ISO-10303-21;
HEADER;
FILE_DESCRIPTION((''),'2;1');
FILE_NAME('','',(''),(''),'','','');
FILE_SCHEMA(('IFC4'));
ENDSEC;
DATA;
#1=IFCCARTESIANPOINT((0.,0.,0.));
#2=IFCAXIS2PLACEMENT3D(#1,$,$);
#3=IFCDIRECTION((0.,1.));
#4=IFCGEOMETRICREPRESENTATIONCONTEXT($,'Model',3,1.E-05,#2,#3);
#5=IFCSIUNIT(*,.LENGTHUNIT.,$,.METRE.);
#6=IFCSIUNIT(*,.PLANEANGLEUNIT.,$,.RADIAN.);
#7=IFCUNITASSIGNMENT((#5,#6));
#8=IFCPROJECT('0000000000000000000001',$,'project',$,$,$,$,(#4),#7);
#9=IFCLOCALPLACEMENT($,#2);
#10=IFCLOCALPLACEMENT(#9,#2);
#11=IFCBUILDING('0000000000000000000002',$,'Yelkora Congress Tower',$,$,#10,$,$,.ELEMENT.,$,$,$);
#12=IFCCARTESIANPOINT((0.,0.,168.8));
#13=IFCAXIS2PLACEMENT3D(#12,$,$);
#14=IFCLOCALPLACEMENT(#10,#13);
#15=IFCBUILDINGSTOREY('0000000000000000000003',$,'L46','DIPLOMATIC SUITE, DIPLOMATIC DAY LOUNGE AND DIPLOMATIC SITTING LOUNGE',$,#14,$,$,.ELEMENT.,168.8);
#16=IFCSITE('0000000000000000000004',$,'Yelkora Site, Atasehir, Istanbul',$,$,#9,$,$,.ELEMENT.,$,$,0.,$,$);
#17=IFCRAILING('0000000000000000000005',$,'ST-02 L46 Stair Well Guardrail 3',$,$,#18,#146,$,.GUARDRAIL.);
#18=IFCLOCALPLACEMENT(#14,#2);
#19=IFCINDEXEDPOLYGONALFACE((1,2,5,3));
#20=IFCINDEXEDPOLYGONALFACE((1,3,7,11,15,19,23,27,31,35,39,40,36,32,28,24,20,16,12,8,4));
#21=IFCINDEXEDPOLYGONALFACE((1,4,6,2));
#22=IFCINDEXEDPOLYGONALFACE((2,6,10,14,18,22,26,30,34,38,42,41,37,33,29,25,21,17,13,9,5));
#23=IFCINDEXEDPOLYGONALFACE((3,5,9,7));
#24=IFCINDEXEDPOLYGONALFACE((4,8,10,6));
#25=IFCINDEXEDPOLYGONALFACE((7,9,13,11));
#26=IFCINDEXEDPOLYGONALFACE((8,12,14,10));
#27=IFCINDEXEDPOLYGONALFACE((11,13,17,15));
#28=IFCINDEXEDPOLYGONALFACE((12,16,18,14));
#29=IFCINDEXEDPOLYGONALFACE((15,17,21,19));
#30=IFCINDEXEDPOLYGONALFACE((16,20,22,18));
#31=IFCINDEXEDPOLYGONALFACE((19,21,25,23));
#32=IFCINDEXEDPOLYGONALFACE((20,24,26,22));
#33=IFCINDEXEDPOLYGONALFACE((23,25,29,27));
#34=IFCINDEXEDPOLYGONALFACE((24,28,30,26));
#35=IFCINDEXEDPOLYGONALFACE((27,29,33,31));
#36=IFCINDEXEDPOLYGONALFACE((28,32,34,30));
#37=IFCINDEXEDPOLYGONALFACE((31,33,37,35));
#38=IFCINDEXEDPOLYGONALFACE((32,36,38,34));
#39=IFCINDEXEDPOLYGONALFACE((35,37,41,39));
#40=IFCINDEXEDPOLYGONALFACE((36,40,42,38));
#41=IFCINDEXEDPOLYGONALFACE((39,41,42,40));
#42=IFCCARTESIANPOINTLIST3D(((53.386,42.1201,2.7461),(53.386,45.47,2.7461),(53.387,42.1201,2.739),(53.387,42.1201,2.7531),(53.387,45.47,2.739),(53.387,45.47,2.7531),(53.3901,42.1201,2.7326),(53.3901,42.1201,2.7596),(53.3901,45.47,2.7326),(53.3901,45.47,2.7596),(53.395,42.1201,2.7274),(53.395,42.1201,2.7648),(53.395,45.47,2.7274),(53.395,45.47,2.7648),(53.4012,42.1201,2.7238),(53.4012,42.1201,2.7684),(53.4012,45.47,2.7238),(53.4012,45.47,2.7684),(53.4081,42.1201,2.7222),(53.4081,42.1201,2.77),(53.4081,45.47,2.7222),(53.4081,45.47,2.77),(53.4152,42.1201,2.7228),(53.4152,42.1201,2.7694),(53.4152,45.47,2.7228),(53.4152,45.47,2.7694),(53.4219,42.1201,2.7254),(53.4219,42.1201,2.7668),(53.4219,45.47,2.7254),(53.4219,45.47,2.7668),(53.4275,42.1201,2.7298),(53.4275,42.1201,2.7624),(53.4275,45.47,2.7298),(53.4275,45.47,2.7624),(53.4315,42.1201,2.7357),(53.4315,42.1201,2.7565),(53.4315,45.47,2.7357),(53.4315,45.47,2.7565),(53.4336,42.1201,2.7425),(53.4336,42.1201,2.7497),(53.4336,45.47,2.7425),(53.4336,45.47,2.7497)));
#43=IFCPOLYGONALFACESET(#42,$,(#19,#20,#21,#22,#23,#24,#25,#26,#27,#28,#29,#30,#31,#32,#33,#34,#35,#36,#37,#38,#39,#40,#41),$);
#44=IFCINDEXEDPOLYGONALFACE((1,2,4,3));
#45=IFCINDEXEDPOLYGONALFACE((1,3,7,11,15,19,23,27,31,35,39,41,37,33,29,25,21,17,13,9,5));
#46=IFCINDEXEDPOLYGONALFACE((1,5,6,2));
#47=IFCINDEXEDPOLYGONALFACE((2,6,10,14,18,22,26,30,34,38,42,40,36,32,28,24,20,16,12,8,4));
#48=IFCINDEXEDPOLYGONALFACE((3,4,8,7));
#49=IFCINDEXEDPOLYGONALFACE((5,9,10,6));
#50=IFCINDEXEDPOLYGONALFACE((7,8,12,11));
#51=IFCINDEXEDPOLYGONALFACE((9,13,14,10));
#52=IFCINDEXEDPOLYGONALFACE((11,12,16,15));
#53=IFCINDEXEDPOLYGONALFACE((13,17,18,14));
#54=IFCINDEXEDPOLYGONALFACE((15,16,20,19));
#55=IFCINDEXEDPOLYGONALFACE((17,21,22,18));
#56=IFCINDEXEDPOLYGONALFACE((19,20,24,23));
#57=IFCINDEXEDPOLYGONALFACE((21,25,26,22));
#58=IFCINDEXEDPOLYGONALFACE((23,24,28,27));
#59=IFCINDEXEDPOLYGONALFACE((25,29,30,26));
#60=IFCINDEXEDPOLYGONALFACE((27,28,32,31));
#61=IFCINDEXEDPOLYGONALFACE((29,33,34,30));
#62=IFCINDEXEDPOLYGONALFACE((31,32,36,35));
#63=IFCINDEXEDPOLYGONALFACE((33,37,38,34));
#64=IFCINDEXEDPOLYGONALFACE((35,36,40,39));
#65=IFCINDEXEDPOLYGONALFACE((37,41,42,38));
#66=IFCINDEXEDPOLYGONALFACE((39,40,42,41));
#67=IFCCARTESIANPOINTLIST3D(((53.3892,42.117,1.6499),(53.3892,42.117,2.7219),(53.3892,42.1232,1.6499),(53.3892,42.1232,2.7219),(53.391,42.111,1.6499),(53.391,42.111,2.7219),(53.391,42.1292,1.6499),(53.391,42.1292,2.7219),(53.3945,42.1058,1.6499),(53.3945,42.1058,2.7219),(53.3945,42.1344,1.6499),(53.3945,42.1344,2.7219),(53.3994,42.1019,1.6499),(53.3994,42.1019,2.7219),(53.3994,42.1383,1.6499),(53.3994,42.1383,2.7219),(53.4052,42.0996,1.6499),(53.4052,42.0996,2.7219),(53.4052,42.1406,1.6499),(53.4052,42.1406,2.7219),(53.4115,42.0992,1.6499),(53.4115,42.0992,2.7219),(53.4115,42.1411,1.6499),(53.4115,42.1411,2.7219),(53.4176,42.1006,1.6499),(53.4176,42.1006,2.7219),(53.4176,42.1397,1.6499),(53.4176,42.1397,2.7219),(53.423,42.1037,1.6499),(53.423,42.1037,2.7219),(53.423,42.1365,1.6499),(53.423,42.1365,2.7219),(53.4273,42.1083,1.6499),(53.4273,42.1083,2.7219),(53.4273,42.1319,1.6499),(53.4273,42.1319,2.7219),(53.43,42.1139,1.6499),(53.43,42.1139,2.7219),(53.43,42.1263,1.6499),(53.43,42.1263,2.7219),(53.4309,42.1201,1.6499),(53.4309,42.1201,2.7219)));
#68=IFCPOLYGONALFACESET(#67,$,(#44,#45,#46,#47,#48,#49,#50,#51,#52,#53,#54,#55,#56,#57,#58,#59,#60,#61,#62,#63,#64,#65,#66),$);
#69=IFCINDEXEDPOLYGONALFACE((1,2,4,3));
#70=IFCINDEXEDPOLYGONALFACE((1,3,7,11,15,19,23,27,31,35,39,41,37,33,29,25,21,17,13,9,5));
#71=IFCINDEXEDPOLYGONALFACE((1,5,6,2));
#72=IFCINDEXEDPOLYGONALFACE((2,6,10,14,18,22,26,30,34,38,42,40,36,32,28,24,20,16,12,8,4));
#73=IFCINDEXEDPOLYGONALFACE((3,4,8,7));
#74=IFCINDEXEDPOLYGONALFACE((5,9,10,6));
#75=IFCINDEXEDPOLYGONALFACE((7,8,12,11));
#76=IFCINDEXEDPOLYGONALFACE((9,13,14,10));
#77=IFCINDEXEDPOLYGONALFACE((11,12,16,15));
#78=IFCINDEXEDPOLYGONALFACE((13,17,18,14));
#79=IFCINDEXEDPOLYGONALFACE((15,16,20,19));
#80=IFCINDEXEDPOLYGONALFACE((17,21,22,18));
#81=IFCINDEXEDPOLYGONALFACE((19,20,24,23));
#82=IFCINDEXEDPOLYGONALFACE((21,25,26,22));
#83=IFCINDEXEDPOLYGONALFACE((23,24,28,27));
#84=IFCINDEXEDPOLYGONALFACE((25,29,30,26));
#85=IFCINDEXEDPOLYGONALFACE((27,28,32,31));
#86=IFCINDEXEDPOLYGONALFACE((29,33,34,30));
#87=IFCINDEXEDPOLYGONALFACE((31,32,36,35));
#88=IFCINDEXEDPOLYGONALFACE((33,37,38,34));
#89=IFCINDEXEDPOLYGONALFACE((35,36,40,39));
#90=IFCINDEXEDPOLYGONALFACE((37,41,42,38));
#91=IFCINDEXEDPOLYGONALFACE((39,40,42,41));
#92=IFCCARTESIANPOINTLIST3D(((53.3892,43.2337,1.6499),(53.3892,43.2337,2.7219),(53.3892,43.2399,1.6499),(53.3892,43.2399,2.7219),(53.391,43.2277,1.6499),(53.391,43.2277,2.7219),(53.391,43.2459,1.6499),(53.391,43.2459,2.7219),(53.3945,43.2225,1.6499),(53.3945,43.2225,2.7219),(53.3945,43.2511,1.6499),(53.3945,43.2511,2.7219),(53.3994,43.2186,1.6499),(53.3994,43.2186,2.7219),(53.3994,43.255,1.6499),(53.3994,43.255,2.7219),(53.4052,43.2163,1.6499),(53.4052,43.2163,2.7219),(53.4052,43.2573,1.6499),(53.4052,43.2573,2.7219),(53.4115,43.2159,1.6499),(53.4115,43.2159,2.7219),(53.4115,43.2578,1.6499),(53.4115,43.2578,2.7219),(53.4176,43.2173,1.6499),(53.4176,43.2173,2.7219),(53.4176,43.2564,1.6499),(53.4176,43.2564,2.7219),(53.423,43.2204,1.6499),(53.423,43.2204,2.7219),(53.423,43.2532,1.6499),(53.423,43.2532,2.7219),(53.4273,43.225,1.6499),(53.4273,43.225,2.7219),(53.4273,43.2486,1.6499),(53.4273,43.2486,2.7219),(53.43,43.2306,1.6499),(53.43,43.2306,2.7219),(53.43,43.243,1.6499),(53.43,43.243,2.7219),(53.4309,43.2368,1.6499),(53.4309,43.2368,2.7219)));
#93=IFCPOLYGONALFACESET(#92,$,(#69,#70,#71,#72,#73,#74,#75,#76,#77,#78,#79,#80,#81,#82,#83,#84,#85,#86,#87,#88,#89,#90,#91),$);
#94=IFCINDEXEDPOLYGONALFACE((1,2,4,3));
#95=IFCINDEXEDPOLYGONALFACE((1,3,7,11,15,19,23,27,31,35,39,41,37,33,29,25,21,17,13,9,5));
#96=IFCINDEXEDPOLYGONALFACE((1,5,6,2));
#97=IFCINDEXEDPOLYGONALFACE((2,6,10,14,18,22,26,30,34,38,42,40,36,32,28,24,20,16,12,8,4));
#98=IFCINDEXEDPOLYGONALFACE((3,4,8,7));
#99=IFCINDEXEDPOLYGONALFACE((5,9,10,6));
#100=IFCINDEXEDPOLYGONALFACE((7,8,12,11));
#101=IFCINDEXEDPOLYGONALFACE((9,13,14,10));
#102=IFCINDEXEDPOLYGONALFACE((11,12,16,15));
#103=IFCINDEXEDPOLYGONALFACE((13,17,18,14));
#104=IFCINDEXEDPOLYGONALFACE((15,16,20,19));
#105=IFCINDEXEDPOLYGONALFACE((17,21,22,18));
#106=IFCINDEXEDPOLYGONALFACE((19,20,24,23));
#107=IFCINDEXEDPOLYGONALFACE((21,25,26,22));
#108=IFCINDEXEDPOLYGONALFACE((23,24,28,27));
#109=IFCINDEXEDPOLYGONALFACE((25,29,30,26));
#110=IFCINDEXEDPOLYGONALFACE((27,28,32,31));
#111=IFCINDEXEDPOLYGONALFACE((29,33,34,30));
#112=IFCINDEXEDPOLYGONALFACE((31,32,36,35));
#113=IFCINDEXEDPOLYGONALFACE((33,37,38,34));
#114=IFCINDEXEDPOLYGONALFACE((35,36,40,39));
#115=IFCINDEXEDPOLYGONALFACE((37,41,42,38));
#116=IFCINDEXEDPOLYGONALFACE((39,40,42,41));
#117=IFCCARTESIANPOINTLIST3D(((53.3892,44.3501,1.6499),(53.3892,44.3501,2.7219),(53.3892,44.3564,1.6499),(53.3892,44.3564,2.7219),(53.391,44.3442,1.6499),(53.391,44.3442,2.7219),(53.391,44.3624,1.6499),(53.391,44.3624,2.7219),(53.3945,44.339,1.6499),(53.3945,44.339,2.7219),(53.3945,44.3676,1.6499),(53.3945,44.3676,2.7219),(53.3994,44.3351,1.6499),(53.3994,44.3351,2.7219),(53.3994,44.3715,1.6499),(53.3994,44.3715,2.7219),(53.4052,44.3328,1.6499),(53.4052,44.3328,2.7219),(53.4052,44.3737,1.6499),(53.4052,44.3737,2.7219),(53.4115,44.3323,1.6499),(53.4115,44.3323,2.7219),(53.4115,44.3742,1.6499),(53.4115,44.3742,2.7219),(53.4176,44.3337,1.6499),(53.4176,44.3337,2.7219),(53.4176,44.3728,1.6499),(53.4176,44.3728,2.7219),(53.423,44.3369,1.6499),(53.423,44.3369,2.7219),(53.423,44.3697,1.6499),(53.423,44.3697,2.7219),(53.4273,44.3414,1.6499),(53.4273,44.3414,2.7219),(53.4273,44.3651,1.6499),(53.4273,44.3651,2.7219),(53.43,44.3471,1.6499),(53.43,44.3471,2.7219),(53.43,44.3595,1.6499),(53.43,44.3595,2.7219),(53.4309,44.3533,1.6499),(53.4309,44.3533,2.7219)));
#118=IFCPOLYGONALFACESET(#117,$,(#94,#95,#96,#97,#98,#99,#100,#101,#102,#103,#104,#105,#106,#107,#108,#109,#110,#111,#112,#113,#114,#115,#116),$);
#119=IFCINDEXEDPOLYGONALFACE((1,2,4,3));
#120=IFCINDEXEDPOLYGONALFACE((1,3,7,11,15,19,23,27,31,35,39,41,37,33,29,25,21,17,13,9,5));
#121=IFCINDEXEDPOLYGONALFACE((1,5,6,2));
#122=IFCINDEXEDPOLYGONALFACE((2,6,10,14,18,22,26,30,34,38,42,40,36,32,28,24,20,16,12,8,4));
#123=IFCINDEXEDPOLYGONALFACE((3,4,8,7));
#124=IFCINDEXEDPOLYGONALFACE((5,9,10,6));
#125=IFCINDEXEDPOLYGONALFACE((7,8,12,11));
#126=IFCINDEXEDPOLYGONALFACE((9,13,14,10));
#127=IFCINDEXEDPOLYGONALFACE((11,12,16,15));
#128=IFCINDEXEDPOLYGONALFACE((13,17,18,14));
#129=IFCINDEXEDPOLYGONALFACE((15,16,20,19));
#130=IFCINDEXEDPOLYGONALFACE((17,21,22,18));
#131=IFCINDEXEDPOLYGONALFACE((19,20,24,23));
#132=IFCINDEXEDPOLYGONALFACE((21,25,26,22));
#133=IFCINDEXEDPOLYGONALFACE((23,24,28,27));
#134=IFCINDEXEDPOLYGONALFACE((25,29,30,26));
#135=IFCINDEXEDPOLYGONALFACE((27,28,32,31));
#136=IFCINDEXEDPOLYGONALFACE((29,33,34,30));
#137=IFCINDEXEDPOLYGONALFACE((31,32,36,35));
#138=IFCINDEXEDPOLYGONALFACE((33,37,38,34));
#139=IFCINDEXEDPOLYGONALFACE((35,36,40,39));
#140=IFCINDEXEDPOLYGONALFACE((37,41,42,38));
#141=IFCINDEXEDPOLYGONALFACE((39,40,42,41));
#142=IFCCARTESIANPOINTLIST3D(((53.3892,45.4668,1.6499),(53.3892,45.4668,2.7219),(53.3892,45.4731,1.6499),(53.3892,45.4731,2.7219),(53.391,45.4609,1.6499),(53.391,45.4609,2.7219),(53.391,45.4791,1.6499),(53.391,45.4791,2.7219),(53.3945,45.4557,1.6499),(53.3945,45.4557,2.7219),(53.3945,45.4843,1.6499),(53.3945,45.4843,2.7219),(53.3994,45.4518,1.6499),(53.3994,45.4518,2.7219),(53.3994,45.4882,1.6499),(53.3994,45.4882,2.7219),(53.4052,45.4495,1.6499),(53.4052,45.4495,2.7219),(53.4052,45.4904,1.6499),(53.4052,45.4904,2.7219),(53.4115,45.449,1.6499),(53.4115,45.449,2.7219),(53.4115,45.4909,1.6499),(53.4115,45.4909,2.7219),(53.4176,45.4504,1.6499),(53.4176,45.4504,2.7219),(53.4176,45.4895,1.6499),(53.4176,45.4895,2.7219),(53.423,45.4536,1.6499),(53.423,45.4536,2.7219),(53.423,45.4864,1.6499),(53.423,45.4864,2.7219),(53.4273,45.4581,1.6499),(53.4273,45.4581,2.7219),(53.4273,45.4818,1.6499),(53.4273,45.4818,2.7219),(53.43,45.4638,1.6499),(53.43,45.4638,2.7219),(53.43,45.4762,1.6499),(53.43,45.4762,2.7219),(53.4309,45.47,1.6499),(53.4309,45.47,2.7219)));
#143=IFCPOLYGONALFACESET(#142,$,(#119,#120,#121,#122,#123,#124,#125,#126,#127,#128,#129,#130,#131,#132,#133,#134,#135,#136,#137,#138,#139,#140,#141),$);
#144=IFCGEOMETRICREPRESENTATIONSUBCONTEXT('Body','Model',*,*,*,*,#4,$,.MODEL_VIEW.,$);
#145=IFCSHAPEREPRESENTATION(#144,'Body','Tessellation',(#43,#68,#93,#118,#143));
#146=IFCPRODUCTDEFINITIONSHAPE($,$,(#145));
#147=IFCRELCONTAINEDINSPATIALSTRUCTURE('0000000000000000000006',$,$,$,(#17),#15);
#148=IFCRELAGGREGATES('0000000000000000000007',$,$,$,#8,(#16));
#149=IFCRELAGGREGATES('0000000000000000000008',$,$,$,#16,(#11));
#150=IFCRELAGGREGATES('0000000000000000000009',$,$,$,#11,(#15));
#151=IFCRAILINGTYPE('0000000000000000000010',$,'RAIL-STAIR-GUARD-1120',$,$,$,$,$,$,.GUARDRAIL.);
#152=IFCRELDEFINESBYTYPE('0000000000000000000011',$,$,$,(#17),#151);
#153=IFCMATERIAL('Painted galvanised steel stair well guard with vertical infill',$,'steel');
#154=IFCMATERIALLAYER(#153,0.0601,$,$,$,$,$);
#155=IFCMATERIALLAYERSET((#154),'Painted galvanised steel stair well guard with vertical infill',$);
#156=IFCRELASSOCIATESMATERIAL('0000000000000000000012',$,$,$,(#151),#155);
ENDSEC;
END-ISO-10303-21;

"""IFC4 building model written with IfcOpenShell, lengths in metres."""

from ifc_helpers import new_model, si_unit, direction, frame, origin, origin_2d, place, context, subcontext, project, spatial, circle, extrude, material, layer, layer_set, type_object, element, save


model = new_model("IFC4")

# Units and contexts
model_context = context("Model", 3, precision=1e-05, world=origin(), true_north=direction((0.0, 1.0)))
body_context = subcontext(model_context, "Body", "Model", "MODEL_VIEW")
ifc_project = project(units=[si_unit("LENGTHUNIT", "METRE"), si_unit("PLANEANGLEUNIT", "RADIAN")], contexts=[model_context])

# Site, building, storey
site_placement = place(None, origin())
site = spatial("IfcSite", under=ifc_project, at=site_placement, Name="Yelkora Site, Atasehir, Istanbul", CompositionType="ELEMENT", RefElevation=0.0)
building_placement = place(site_placement, origin())
building = spatial("IfcBuilding", under=site, at=building_placement, Name="Yelkora Congress Tower", CompositionType="ELEMENT")
storey_placement = place(building_placement, frame((0.0, 0.0, 168.8)))
storey = spatial("IfcBuildingStorey", under=building, at=storey_placement, Name="L46", Description="DIPLOMATIC SUITE, DIPLOMATIC DAY LOUNGE AND DIPLOMATIC SITTING LOUNGE", CompositionType="ELEMENT", Elevation=168.8)

# Railing
ifc_material_1 = material(Name="Painted galvanised steel stair well guard with vertical infill", Category="steel")
ifc_layer_1 = layer(ifc_material_1, 0.0601)
ifc_layer_set_1 = layer_set([ifc_layer_1], Name="Painted galvanised steel stair well guard with vertical infill")
railing_type_1 = type_object("IfcRailingType", Name="RAIL-STAIR-GUARD-1120", PredefinedType="GUARDRAIL", material=ifc_layer_set_1)
for number, where, name in (
    (1, (53.4099, 42.1201, 1.6499), "ST-02 L46 Stair Well Guardrail 3"),
):
    element("IfcRailing", number, at=place(storey_placement, frame(where)), inside=storey, type_object=railing_type_1, Name=name, PredefinedType="GUARDRAIL", context=body_context, shape_type="SweptSolid", body=[
        extrude(circle(Radius=0.0239, at=origin_2d()), frame((0.0, 0.0, 1.0962), z_axis=(0.0, 1.0, 0.0), x_axis=(-1.0, 0.0, 0.0)), (0.0, 0.0, 1.0), 3.3499),
        extrude(circle(Radius=0.021, at=origin_2d()), origin(), (0.0, 0.0, 1.0), 1.072),
        extrude(circle(Radius=0.021, at=origin_2d()), frame((0.0, 1.1167, 0.0)), (0.0, 0.0, 1.0), 1.072),
        extrude(circle(Radius=0.021, at=origin_2d()), frame((0.0, 2.2332, 0.0)), (0.0, 0.0, 1.0), 1.072),
        extrude(circle(Radius=0.021, at=origin_2d()), frame((0.0, 3.3499, 0.0)), (0.0, 0.0, 1.0), 1.072),
    ])

save(model, "model.ifc")
